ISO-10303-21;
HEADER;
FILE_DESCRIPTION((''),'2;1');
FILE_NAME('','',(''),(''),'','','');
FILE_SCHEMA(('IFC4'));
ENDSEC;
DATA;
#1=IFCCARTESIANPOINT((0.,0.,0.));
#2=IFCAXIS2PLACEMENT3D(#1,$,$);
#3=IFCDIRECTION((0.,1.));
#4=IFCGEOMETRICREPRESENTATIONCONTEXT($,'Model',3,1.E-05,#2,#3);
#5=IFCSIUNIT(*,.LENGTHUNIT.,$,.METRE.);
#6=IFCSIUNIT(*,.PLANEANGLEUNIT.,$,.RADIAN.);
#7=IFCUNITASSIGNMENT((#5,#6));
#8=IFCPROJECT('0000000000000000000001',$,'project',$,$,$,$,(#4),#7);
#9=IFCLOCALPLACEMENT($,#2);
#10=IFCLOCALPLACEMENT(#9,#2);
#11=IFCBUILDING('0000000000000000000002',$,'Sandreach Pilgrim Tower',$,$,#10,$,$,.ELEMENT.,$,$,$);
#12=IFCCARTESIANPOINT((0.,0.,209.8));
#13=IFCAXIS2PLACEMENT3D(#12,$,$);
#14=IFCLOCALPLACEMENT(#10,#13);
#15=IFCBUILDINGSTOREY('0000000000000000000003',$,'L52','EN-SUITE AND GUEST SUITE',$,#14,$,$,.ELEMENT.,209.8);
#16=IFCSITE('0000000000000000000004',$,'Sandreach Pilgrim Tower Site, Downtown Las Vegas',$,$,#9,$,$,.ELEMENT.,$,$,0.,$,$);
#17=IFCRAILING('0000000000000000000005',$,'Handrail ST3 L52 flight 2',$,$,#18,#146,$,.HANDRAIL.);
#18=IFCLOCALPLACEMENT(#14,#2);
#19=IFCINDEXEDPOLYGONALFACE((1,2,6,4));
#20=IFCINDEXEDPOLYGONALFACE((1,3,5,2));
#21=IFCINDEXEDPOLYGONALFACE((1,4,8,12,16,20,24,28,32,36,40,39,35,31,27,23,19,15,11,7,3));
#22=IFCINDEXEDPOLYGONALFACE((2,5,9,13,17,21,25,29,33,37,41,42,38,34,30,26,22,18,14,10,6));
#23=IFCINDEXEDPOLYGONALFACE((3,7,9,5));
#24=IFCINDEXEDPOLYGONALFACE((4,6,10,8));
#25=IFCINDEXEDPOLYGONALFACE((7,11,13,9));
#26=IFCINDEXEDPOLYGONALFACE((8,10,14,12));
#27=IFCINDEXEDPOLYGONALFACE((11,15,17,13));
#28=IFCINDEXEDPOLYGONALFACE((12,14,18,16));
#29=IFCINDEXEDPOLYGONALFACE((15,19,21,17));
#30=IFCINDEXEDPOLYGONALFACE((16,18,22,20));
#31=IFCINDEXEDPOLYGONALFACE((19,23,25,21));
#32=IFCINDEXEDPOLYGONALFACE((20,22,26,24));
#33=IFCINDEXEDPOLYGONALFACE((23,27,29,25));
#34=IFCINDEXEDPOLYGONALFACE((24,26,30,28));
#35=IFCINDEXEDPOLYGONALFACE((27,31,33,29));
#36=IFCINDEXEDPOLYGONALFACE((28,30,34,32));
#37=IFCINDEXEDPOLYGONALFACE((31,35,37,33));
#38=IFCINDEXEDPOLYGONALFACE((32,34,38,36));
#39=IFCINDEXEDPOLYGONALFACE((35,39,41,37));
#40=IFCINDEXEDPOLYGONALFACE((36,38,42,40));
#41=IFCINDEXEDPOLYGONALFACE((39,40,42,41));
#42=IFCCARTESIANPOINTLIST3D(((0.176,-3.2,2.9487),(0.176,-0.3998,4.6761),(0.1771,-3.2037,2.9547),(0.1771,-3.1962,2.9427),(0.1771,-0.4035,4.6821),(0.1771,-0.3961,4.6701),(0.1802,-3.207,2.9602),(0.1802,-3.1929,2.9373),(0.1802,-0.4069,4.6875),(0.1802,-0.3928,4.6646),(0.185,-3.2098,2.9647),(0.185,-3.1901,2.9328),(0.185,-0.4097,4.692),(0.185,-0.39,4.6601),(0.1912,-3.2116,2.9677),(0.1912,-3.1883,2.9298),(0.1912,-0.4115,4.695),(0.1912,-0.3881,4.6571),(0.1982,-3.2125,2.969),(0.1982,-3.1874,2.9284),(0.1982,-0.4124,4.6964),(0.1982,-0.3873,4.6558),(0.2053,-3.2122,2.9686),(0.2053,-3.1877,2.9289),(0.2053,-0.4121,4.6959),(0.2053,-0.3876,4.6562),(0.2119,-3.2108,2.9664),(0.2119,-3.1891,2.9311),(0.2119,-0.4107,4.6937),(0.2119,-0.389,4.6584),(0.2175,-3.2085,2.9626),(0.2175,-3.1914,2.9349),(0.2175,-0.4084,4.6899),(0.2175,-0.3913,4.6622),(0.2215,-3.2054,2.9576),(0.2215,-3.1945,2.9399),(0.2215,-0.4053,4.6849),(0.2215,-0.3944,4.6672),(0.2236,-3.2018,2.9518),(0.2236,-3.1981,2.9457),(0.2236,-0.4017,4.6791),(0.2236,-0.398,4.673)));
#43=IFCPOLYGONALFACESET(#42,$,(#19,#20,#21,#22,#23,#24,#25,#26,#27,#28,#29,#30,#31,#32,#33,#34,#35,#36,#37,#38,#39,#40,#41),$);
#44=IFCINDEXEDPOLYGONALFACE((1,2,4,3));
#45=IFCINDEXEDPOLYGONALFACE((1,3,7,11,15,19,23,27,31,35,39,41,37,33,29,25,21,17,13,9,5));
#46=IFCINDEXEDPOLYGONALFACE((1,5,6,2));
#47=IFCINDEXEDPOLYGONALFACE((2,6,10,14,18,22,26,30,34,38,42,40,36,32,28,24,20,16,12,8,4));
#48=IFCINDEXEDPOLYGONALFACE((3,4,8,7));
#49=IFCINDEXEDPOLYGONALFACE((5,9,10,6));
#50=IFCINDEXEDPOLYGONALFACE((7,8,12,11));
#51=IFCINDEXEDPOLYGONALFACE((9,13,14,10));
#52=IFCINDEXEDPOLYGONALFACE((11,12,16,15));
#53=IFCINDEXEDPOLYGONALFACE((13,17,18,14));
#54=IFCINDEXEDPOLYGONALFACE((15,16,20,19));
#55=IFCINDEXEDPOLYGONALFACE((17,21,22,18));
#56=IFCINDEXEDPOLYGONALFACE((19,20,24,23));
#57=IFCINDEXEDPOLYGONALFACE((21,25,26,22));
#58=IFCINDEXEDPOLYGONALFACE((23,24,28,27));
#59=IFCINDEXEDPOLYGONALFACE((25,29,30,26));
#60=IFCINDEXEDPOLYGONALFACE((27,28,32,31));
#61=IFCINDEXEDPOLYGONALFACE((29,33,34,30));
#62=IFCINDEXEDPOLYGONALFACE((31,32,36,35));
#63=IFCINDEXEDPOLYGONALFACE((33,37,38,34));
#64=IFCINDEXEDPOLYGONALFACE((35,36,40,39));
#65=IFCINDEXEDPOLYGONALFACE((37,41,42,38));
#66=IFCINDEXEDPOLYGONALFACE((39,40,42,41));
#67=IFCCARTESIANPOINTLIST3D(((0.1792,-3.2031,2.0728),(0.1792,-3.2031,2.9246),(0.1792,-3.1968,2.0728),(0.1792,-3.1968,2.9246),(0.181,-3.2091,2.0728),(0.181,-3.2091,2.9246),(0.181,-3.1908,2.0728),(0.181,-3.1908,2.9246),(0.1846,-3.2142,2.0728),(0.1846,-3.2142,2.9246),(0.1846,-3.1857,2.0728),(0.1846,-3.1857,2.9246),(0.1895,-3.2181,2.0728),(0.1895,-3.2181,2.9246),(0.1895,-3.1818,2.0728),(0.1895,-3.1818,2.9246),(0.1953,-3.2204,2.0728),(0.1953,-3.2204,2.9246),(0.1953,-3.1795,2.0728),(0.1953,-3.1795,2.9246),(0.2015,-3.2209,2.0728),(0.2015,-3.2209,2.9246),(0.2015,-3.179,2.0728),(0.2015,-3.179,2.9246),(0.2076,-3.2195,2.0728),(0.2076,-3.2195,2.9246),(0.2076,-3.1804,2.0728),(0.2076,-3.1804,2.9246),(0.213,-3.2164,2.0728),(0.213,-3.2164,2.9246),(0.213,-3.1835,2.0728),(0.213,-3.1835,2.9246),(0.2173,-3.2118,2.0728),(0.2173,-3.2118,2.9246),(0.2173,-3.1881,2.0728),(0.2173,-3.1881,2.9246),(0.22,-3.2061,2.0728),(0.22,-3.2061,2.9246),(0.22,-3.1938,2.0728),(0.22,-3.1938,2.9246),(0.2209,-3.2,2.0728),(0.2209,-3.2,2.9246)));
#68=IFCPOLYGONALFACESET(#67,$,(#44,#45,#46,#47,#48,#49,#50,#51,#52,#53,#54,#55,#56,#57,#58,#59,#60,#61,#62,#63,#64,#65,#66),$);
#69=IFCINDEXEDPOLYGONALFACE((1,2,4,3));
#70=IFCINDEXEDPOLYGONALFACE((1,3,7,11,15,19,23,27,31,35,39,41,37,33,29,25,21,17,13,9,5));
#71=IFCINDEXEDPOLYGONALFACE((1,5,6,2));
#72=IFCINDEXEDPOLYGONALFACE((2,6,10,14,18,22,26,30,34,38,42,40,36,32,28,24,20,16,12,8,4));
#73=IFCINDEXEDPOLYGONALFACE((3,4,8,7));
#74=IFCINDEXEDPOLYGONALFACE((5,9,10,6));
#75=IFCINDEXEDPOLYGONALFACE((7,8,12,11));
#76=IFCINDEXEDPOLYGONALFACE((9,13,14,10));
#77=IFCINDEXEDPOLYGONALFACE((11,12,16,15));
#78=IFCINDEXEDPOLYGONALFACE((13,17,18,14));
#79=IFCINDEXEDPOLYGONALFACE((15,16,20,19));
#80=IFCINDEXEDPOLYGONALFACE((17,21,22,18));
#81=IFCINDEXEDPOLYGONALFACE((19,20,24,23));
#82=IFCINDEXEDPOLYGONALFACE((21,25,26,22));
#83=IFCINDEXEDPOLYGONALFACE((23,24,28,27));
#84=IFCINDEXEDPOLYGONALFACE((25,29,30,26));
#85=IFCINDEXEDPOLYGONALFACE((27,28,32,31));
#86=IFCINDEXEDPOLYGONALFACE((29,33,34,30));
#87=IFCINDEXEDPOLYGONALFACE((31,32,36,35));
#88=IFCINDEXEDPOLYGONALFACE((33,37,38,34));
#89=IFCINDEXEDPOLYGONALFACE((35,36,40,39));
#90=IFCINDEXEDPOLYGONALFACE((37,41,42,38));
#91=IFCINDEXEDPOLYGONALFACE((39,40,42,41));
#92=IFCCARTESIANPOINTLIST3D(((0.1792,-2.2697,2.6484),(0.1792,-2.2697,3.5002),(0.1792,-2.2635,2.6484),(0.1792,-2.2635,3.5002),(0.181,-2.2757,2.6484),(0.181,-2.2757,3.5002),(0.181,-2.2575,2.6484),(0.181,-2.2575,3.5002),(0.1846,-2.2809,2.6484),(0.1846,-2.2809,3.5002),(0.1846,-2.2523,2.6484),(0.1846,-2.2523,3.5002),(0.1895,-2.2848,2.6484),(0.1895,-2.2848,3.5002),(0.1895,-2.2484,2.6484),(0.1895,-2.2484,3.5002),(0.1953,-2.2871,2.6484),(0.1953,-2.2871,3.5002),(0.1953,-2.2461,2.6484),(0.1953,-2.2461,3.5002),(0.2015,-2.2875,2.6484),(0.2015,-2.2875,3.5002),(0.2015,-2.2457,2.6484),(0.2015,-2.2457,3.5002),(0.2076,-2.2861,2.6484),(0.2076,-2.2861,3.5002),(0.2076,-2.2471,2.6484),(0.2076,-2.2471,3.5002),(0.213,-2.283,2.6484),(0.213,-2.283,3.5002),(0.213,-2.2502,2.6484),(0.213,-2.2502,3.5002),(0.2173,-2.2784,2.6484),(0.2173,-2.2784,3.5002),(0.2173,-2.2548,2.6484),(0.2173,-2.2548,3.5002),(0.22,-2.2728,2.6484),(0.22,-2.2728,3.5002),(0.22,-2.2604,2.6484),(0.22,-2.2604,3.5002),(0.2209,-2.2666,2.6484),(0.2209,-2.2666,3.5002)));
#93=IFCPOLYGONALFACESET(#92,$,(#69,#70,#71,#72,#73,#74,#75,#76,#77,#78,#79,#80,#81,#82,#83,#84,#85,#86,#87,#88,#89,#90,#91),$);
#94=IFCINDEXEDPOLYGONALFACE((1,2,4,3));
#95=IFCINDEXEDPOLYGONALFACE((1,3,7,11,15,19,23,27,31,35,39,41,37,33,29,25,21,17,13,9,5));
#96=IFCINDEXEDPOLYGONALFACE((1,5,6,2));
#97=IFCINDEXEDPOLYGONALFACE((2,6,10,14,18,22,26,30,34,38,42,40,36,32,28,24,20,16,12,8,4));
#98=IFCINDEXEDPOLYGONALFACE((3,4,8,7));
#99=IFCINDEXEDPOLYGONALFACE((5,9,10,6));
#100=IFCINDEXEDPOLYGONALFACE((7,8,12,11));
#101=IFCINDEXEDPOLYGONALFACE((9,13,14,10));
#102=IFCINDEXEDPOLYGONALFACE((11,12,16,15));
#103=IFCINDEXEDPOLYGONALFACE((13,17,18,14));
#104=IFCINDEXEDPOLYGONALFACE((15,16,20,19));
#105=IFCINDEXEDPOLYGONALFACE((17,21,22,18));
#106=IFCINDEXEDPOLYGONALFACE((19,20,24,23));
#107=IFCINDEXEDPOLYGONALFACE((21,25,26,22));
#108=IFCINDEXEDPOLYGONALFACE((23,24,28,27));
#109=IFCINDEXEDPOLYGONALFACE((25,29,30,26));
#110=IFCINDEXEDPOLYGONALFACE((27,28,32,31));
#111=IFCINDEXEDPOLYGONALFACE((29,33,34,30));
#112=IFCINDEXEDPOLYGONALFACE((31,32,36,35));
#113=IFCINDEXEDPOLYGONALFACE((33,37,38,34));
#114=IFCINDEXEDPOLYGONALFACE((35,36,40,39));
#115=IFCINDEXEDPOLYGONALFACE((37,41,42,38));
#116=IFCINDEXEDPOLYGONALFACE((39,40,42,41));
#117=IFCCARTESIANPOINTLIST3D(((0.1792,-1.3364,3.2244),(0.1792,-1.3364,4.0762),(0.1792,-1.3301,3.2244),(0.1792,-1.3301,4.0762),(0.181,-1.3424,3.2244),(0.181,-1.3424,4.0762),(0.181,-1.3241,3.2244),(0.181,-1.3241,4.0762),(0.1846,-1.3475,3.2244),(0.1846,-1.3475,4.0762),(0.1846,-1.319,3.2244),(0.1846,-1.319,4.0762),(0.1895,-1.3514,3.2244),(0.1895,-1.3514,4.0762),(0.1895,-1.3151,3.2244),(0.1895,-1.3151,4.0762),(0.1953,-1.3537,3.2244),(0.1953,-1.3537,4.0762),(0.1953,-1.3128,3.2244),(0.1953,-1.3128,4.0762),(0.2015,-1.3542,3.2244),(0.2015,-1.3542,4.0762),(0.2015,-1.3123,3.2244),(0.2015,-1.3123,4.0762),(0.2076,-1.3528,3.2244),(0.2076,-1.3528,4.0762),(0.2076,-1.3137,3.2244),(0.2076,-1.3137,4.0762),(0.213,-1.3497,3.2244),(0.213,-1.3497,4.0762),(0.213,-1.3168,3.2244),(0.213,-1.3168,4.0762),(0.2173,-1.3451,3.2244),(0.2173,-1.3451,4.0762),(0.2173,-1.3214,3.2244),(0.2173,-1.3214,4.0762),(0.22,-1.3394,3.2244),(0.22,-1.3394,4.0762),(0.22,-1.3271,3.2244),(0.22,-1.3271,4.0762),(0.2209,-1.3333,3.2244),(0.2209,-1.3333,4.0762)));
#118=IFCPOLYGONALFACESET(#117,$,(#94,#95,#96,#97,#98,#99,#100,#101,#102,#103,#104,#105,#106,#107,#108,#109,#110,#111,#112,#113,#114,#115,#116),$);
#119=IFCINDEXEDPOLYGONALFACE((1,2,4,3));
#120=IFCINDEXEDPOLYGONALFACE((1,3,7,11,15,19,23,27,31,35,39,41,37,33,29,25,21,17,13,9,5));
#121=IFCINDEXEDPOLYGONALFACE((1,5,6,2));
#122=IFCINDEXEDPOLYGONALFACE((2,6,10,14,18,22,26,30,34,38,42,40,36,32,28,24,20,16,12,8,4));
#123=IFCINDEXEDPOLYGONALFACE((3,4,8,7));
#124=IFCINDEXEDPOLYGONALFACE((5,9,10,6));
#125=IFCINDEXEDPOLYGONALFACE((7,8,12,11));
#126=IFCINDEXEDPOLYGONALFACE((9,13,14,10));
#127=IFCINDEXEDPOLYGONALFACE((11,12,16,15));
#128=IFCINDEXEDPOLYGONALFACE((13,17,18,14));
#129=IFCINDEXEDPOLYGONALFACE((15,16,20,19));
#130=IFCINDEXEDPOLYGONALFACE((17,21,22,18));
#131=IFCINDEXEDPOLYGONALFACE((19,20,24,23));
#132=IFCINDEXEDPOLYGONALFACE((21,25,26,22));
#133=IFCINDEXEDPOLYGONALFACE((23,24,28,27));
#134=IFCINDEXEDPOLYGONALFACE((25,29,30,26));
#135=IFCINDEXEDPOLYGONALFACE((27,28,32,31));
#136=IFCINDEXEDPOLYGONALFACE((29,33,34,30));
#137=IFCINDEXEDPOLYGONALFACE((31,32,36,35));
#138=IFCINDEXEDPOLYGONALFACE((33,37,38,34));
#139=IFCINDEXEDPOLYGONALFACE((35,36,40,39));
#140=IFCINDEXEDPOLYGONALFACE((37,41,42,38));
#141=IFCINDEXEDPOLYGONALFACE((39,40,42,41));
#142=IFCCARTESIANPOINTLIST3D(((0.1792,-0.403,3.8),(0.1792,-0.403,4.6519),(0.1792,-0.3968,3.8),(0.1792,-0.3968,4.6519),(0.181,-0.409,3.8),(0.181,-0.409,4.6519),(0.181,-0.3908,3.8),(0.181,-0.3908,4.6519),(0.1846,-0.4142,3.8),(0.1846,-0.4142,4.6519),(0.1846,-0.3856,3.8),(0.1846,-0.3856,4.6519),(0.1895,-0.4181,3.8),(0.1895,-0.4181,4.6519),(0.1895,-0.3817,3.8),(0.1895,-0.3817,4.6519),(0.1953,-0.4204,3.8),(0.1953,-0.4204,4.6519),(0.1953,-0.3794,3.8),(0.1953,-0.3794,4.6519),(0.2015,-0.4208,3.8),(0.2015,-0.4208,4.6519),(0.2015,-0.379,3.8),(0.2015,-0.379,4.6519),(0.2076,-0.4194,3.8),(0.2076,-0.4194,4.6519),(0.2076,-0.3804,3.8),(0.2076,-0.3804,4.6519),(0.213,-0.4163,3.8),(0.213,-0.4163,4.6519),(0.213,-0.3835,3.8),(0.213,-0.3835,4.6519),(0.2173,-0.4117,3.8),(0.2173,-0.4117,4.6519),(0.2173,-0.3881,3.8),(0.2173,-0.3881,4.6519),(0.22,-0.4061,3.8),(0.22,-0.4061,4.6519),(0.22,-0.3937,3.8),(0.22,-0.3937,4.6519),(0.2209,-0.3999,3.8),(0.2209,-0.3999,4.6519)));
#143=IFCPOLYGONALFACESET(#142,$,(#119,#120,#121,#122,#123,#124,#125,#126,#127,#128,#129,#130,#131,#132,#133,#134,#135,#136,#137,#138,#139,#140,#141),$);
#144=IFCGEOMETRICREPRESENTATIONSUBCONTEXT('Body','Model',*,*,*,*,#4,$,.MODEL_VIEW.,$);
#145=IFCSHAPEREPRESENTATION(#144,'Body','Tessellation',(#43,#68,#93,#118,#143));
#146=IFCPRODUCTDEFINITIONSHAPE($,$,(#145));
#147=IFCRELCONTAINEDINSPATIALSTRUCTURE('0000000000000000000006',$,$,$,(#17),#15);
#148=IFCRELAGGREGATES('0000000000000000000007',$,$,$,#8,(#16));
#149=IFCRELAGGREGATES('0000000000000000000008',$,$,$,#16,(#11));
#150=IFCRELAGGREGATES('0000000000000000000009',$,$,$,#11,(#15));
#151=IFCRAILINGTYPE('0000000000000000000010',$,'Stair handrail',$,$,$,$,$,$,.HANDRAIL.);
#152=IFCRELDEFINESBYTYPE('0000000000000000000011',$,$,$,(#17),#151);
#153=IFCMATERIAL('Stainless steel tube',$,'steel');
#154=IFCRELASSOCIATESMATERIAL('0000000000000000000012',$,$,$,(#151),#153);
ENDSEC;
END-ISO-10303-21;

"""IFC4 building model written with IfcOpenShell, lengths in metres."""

from ifc_helpers import new_model, si_unit, direction, frame, origin, origin_2d, place, context, subcontext, project, spatial, circle, extrude, material, type_object, element, save


model = new_model("IFC4")

# Units and contexts
model_context = context("Model", 3, precision=1e-05, world=origin(), true_north=direction((0.0, 1.0)))
body_context = subcontext(model_context, "Body", "Model", "MODEL_VIEW")
ifc_project = project(units=[si_unit("LENGTHUNIT", "METRE"), si_unit("PLANEANGLEUNIT", "RADIAN")], contexts=[model_context])

# Site, building, storey
site_placement = place(None, origin())
site = spatial("IfcSite", under=ifc_project, at=site_placement, Name="Sandreach Pilgrim Tower Site, Downtown Las Vegas", CompositionType="ELEMENT", RefElevation=0.0)
building_placement = place(site_placement, origin())
building = spatial("IfcBuilding", under=site, at=building_placement, Name="Sandreach Pilgrim Tower", CompositionType="ELEMENT")
storey_placement = place(building_placement, frame((0.0, 0.0, 209.8)))
storey = spatial("IfcBuildingStorey", under=building, at=storey_placement, Name="L52", Description="EN-SUITE AND GUEST SUITE", CompositionType="ELEMENT", Elevation=209.8)

# Railing
ifc_material_1 = material(Name="Stainless steel tube", Category="steel")
railing_type = type_object("IfcRailingType", Name="Stair handrail", PredefinedType="HANDRAIL", material=ifc_material_1)
for number, where, name in (
    (1, (0.2, -3.2, 2.0728), "Handrail ST3 L52 flight 2"),
):
    element("IfcRailing", number, at=place(storey_placement, frame(where)), inside=storey, type_object=railing_type, Name=name, PredefinedType="HANDRAIL", context=body_context, shape_type="SweptSolid", body=[
        extrude(circle(Radius=0.0239, at=origin_2d()), frame((0.0, 0.0, 0.876), z_axis=(0.0, 0.85109, 0.52502), x_axis=(-1.0, 0.0, 0.0)), (0.0, 0.0, 1.0), 3.29),
        extrude(circle(Radius=0.021, at=origin_2d()), origin(), (0.0, 0.0, 1.0), 0.8518),
        extrude(circle(Radius=0.021, at=origin_2d()), frame((0.0, 0.9333, 0.5757)), (0.0, 0.0, 1.0), 0.8518),
        extrude(circle(Radius=0.021, at=origin_2d()), frame((0.0, 1.8667, 1.1516)), (0.0, 0.0, 1.0), 0.8518),
        extrude(circle(Radius=0.021, at=origin_2d()), frame((0.0, 2.8, 1.7273)), (0.0, 0.0, 1.0), 0.8518),
    ])

save(model, "model.ifc")
